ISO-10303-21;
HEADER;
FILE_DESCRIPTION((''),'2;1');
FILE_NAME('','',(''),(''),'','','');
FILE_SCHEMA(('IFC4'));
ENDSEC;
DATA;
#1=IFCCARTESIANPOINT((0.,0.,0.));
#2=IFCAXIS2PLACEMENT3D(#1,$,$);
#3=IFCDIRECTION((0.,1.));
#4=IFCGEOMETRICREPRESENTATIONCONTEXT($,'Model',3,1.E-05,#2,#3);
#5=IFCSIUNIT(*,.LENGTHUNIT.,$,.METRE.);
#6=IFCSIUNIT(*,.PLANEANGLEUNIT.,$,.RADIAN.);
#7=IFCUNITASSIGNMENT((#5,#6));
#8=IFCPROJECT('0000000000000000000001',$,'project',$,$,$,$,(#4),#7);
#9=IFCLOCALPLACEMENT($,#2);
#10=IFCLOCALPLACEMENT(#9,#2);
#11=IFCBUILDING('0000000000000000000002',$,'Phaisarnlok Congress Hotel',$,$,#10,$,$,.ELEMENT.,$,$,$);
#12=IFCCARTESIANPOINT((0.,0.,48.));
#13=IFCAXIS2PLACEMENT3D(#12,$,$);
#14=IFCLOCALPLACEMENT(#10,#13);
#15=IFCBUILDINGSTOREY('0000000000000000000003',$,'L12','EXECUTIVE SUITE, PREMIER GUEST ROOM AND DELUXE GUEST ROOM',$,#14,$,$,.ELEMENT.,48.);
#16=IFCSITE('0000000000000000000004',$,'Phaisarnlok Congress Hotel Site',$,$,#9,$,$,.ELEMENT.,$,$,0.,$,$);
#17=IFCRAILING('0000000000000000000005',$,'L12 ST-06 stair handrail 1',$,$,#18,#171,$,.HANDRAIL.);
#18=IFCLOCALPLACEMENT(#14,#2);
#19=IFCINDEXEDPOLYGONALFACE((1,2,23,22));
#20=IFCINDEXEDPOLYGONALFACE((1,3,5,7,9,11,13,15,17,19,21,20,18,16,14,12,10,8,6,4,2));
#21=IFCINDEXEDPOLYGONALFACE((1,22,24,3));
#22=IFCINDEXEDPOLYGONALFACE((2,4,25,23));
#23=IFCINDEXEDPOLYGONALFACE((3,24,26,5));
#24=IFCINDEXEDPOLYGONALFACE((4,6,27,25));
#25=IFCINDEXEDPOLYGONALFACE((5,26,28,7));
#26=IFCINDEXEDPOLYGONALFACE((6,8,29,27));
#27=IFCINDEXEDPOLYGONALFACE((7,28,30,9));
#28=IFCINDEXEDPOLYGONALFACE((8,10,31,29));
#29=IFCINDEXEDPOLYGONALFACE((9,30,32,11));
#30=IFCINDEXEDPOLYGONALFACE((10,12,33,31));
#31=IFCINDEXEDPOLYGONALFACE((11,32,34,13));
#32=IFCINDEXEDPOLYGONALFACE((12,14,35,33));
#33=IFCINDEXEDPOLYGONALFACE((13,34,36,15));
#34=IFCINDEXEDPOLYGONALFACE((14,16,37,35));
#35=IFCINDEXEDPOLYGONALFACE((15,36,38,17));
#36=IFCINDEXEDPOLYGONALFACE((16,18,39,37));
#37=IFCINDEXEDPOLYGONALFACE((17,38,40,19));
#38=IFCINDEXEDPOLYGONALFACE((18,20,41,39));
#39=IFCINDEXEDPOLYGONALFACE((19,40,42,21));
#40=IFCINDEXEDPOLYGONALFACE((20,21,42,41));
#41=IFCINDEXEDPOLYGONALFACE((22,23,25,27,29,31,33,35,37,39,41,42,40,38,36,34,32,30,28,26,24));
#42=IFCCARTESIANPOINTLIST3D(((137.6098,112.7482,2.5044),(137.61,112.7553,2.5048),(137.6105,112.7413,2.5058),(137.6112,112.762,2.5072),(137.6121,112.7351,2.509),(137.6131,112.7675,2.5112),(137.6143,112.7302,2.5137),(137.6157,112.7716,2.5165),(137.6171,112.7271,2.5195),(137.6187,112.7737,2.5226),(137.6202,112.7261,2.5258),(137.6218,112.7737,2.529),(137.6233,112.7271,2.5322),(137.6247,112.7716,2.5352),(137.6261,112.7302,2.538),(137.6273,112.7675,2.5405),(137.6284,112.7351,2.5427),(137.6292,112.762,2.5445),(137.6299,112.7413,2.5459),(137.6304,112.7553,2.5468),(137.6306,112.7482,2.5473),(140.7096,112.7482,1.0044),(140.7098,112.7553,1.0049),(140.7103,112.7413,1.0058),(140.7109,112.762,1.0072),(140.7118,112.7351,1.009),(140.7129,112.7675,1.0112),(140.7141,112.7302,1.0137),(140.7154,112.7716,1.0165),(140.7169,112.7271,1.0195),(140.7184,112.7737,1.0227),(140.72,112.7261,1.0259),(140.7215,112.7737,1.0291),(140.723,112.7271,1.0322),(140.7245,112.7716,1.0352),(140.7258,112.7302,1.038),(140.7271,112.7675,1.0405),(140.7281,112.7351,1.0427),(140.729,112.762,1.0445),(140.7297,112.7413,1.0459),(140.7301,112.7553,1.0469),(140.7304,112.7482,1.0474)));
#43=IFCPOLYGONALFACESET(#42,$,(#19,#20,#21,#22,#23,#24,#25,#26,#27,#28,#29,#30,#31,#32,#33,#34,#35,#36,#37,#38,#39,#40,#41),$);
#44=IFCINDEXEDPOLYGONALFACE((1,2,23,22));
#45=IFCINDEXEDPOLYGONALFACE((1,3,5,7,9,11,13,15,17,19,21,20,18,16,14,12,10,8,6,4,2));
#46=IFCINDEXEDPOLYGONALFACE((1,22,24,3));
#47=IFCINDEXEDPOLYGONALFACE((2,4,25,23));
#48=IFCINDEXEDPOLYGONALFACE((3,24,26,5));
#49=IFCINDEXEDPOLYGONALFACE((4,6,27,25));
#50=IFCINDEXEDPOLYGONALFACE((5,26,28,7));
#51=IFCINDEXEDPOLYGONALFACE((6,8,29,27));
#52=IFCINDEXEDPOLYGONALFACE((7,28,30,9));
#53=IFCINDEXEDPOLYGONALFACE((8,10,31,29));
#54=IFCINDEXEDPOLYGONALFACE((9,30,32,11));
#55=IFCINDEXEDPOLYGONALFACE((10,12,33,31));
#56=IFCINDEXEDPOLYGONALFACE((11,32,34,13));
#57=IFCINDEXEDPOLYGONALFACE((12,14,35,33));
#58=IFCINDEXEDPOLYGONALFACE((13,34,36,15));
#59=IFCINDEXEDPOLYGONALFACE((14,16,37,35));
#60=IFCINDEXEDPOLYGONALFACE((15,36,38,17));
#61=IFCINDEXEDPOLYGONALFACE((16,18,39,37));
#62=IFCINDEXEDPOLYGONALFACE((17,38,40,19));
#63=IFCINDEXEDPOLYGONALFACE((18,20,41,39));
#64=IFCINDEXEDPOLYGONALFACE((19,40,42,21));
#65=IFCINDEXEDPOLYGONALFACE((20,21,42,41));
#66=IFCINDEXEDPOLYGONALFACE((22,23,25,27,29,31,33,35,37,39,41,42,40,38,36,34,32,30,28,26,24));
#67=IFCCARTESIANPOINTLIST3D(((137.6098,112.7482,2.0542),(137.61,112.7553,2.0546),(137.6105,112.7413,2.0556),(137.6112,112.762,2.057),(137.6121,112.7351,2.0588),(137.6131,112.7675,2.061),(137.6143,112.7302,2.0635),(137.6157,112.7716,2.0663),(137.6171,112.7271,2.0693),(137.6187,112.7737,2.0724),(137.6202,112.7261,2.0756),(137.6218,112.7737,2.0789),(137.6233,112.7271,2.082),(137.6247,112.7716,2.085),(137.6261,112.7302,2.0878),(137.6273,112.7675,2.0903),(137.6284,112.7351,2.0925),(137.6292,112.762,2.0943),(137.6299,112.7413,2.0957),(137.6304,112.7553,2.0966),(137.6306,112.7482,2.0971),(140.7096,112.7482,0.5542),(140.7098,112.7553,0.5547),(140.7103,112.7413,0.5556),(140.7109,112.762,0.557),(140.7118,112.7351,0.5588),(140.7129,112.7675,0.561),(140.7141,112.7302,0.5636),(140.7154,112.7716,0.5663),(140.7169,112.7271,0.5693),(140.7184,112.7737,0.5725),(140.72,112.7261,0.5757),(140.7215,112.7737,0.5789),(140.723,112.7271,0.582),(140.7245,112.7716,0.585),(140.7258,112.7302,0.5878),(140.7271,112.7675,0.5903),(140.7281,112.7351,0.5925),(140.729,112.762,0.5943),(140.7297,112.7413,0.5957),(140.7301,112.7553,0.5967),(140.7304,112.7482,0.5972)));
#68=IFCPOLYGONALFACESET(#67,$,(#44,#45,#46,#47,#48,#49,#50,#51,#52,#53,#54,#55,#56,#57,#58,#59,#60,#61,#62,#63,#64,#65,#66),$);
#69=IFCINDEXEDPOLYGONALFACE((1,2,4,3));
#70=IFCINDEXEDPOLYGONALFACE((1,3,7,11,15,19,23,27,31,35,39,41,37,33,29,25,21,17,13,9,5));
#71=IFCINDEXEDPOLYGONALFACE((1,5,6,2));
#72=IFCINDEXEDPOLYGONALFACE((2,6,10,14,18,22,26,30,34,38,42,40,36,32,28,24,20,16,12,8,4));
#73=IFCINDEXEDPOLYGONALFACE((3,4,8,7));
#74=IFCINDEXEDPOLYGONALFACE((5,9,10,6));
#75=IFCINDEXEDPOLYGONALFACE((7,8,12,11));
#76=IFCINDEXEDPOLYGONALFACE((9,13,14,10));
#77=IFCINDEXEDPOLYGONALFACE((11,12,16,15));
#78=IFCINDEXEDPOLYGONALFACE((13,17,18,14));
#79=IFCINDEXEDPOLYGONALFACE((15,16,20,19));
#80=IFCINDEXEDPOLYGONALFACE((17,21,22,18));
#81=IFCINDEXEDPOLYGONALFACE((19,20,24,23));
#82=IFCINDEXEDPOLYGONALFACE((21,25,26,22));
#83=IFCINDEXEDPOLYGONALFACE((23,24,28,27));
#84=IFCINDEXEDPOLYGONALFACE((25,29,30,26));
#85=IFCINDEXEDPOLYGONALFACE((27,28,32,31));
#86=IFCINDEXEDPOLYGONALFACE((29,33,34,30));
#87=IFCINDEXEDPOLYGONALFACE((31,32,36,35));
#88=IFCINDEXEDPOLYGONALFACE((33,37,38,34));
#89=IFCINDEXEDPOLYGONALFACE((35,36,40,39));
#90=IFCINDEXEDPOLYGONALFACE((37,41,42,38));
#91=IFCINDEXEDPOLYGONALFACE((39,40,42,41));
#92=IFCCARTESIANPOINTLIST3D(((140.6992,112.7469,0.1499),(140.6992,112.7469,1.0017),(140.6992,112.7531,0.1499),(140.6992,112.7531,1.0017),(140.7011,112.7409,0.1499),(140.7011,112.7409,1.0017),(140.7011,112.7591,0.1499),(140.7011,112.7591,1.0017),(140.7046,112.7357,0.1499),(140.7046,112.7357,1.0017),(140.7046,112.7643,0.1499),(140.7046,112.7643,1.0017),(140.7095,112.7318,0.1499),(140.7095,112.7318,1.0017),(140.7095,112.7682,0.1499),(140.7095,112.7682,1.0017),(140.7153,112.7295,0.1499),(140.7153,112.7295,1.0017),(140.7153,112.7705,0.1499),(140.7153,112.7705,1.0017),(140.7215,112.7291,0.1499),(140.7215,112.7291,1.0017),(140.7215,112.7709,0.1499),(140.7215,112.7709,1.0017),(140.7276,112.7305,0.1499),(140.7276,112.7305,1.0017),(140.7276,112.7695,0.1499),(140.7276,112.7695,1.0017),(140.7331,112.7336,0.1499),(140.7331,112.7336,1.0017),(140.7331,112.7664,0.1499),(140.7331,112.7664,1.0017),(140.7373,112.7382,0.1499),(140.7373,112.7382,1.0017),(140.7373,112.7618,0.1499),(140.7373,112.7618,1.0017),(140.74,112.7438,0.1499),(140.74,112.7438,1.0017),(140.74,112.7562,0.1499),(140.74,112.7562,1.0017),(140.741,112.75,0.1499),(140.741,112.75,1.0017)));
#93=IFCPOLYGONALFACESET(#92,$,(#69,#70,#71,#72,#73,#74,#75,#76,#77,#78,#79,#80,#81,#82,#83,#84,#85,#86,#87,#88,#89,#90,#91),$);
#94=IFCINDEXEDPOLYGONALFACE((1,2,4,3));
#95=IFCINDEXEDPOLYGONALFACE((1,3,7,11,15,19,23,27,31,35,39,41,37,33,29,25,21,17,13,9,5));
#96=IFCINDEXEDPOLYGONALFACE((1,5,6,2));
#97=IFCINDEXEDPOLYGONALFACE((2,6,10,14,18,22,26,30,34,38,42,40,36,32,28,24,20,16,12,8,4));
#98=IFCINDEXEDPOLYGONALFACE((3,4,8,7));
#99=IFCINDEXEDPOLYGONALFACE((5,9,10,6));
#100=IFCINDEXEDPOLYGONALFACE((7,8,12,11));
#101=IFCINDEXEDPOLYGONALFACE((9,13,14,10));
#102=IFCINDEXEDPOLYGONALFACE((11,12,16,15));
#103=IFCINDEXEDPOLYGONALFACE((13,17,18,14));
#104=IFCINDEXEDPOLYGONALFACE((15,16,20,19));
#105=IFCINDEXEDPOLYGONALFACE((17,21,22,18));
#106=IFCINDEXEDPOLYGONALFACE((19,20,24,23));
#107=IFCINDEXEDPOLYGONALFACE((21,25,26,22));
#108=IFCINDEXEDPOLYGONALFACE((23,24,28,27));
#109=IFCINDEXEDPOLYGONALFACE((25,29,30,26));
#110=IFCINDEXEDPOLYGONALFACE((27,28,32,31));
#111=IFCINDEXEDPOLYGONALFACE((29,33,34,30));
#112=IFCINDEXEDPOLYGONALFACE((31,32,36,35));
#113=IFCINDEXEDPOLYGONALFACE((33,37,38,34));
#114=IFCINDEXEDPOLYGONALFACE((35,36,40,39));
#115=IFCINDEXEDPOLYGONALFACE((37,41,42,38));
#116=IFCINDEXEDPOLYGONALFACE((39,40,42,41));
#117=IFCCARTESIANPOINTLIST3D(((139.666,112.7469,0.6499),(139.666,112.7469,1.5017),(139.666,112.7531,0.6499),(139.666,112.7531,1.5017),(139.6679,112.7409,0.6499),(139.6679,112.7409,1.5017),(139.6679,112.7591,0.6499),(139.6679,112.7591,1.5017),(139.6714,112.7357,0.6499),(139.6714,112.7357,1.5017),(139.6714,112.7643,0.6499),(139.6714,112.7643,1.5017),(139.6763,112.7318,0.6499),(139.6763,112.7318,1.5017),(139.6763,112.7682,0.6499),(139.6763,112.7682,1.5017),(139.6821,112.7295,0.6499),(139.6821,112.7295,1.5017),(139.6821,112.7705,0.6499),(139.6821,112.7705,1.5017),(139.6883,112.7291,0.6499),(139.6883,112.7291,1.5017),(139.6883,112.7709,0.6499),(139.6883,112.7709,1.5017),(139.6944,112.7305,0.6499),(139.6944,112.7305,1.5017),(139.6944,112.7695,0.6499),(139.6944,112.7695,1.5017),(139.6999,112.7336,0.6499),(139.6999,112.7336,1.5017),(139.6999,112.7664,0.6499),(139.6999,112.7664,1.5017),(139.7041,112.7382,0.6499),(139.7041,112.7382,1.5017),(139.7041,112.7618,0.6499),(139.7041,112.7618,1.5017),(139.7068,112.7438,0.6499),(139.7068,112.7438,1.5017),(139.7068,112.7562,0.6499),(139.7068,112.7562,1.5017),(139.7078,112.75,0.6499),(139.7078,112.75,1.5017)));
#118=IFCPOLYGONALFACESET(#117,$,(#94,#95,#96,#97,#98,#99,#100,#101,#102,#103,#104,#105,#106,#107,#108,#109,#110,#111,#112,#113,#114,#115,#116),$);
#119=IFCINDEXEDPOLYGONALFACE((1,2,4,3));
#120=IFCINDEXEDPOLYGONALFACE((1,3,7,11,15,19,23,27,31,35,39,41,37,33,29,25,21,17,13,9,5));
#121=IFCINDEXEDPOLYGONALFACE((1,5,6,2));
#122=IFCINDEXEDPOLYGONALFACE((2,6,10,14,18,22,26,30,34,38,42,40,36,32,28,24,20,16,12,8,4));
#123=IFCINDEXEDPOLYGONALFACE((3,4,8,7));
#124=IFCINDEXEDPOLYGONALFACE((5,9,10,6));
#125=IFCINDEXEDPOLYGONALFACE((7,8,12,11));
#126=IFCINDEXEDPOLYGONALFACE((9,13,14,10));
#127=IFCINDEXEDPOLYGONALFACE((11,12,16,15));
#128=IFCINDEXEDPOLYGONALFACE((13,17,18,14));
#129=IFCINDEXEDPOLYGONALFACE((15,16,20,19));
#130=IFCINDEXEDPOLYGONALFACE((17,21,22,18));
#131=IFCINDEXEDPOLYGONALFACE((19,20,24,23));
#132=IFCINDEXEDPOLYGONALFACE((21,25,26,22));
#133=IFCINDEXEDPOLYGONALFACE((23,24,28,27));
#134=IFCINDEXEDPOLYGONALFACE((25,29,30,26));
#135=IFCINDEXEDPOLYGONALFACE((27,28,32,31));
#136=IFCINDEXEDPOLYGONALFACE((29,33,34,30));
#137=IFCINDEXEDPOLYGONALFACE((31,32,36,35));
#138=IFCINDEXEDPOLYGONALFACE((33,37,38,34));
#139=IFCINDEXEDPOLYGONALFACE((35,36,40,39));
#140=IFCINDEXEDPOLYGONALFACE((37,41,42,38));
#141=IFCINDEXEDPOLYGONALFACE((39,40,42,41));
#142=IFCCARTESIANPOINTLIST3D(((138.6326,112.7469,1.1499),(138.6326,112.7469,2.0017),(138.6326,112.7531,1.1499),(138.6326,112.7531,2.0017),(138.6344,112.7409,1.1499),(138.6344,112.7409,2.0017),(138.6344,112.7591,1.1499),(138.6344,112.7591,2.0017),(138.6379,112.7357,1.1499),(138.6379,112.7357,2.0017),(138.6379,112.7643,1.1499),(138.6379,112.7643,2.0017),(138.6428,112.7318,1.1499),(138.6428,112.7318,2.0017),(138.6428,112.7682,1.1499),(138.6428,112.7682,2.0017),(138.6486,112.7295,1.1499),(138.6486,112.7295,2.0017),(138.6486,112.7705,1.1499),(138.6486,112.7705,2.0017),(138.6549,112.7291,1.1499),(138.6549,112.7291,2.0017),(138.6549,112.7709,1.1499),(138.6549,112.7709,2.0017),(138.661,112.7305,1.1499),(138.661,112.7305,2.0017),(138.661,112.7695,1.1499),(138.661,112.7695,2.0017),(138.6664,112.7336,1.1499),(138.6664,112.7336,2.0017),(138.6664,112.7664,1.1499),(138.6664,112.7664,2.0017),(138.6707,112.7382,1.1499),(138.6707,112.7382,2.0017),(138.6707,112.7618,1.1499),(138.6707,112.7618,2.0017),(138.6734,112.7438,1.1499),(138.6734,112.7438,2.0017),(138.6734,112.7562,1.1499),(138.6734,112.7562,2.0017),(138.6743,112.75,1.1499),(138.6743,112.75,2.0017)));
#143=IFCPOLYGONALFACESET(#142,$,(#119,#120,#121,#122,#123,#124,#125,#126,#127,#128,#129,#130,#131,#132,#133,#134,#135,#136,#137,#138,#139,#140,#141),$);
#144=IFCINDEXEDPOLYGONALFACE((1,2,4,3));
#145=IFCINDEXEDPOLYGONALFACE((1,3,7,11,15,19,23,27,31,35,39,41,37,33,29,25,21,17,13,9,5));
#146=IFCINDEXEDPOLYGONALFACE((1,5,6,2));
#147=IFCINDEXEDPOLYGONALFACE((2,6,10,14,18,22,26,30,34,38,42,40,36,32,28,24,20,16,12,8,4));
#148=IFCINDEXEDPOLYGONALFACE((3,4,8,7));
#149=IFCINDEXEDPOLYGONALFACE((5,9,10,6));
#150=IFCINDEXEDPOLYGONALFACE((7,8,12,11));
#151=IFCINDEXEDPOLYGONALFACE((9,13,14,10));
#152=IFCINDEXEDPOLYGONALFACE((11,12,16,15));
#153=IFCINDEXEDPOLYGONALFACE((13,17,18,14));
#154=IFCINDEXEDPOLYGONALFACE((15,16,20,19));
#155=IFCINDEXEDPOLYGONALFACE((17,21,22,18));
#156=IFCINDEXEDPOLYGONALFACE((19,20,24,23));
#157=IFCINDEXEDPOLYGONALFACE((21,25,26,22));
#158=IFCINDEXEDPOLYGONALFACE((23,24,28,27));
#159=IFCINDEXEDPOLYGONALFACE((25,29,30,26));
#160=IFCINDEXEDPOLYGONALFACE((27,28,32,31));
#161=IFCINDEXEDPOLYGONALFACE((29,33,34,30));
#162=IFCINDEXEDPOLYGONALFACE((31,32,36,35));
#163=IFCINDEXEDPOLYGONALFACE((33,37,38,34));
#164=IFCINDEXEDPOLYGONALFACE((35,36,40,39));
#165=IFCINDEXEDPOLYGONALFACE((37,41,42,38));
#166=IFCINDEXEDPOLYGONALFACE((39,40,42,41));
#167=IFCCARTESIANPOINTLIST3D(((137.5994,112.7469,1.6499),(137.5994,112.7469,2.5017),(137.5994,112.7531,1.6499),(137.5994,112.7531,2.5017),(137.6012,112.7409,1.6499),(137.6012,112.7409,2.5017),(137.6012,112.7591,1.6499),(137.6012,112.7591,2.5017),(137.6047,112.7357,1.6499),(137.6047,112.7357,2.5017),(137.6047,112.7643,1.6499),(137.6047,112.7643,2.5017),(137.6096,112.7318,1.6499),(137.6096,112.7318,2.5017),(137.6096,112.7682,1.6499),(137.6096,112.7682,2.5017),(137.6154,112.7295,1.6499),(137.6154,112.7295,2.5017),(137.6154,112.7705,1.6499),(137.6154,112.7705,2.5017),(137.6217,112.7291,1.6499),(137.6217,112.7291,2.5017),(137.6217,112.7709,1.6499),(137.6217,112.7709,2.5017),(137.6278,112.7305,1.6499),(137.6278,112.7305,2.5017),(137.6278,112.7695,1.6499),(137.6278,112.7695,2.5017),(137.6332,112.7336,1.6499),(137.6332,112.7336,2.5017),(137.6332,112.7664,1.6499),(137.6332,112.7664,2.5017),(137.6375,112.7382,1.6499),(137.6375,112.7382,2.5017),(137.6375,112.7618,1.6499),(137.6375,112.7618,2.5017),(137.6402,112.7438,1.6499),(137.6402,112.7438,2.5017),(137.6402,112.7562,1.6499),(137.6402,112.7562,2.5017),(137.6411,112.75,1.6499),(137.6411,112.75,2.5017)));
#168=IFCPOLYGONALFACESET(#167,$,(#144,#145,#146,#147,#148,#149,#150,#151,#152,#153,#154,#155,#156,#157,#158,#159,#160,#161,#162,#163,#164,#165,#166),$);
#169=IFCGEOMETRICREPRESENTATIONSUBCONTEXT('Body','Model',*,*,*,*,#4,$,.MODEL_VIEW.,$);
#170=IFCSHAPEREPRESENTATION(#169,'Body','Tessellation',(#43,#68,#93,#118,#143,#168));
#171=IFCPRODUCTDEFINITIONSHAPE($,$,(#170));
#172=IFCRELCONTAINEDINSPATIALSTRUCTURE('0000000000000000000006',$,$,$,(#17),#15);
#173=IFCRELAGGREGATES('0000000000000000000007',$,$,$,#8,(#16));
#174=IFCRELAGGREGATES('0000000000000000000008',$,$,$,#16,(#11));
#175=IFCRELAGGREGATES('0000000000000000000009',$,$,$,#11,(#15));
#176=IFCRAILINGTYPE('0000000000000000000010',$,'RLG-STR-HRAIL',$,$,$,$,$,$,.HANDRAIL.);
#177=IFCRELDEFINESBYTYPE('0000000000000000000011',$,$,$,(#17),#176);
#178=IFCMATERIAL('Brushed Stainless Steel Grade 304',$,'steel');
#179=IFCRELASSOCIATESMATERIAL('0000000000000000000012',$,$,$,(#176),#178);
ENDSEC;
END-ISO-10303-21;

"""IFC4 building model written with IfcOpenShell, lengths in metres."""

from ifc_helpers import new_model, si_unit, direction, frame, origin, origin_2d, place, context, subcontext, project, spatial, circle, extrude, material, type_object, element, save


model = new_model("IFC4")

# Units and contexts
model_context = context("Model", 3, precision=1e-05, world=origin(), true_north=direction((0.0, 1.0)))
body_context = subcontext(model_context, "Body", "Model", "MODEL_VIEW")
ifc_project = project(units=[si_unit("LENGTHUNIT", "METRE"), si_unit("PLANEANGLEUNIT", "RADIAN")], contexts=[model_context])

# Site, building, storey
site_placement = place(None, origin())
site = spatial("IfcSite", under=ifc_project, at=site_placement, Name="Phaisarnlok Congress Hotel Site", CompositionType="ELEMENT", RefElevation=0.0)
building_placement = place(site_placement, origin())
building = spatial("IfcBuilding", under=site, at=building_placement, Name="Phaisarnlok Congress Hotel", CompositionType="ELEMENT")
storey_placement = place(building_placement, frame((0.0, 0.0, 48.0)))
storey = spatial("IfcBuildingStorey", under=building, at=storey_placement, Name="L12", Description="EXECUTIVE SUITE, PREMIER GUEST ROOM AND DELUXE GUEST ROOM", CompositionType="ELEMENT", Elevation=48.0)

# Railing
ifc_material_1 = material(Name="Brushed Stainless Steel Grade 304", Category="steel")
railing_type_1 = type_object("IfcRailingType", Name="RLG-STR-HRAIL", PredefinedType="HANDRAIL", material=ifc_material_1)
railing_1_placement = place(storey_placement, frame((140.72, 112.75, 0.1499)))
element("IfcRailing", 1, at=railing_1_placement, inside=storey, type_object=railing_type_1, Name="L12 ST-06 stair handrail 1", PredefinedType="HANDRAIL", context=body_context, shape_type="SweptSolid", body=[
    extrude(circle(Radius=0.0239, at=origin_2d()), frame((0.0, 0.0, 0.876), z_axis=(-0.900151, 0.0, 0.435578), x_axis=(0.0, -1.0, 0.0)), (0.0, 0.0, 1.0), 3.4436),
    extrude(circle(Radius=0.0239, at=origin_2d()), frame((0.0, 0.0, 0.4258), z_axis=(-0.900151, 0.0, 0.435578), x_axis=(0.0, -1.0, 0.0)), (0.0, 0.0, 1.0), 3.4436),
    extrude(circle(Radius=0.021, at=origin_2d()), origin(), (0.0, 0.0, 1.0), 0.8518),
    extrude(circle(Radius=0.021, at=origin_2d()), frame((-1.0332, 0.0, 0.5)), (0.0, 0.0, 1.0), 0.8518),
    extrude(circle(Radius=0.021, at=origin_2d()), frame((-2.0667, 0.0, 1.0)), (0.0, 0.0, 1.0), 0.8518),
    extrude(circle(Radius=0.021, at=origin_2d()), frame((-3.0999, 0.0, 1.5)), (0.0, 0.0, 1.0), 0.8518),
])

save(model, "model.ifc")
